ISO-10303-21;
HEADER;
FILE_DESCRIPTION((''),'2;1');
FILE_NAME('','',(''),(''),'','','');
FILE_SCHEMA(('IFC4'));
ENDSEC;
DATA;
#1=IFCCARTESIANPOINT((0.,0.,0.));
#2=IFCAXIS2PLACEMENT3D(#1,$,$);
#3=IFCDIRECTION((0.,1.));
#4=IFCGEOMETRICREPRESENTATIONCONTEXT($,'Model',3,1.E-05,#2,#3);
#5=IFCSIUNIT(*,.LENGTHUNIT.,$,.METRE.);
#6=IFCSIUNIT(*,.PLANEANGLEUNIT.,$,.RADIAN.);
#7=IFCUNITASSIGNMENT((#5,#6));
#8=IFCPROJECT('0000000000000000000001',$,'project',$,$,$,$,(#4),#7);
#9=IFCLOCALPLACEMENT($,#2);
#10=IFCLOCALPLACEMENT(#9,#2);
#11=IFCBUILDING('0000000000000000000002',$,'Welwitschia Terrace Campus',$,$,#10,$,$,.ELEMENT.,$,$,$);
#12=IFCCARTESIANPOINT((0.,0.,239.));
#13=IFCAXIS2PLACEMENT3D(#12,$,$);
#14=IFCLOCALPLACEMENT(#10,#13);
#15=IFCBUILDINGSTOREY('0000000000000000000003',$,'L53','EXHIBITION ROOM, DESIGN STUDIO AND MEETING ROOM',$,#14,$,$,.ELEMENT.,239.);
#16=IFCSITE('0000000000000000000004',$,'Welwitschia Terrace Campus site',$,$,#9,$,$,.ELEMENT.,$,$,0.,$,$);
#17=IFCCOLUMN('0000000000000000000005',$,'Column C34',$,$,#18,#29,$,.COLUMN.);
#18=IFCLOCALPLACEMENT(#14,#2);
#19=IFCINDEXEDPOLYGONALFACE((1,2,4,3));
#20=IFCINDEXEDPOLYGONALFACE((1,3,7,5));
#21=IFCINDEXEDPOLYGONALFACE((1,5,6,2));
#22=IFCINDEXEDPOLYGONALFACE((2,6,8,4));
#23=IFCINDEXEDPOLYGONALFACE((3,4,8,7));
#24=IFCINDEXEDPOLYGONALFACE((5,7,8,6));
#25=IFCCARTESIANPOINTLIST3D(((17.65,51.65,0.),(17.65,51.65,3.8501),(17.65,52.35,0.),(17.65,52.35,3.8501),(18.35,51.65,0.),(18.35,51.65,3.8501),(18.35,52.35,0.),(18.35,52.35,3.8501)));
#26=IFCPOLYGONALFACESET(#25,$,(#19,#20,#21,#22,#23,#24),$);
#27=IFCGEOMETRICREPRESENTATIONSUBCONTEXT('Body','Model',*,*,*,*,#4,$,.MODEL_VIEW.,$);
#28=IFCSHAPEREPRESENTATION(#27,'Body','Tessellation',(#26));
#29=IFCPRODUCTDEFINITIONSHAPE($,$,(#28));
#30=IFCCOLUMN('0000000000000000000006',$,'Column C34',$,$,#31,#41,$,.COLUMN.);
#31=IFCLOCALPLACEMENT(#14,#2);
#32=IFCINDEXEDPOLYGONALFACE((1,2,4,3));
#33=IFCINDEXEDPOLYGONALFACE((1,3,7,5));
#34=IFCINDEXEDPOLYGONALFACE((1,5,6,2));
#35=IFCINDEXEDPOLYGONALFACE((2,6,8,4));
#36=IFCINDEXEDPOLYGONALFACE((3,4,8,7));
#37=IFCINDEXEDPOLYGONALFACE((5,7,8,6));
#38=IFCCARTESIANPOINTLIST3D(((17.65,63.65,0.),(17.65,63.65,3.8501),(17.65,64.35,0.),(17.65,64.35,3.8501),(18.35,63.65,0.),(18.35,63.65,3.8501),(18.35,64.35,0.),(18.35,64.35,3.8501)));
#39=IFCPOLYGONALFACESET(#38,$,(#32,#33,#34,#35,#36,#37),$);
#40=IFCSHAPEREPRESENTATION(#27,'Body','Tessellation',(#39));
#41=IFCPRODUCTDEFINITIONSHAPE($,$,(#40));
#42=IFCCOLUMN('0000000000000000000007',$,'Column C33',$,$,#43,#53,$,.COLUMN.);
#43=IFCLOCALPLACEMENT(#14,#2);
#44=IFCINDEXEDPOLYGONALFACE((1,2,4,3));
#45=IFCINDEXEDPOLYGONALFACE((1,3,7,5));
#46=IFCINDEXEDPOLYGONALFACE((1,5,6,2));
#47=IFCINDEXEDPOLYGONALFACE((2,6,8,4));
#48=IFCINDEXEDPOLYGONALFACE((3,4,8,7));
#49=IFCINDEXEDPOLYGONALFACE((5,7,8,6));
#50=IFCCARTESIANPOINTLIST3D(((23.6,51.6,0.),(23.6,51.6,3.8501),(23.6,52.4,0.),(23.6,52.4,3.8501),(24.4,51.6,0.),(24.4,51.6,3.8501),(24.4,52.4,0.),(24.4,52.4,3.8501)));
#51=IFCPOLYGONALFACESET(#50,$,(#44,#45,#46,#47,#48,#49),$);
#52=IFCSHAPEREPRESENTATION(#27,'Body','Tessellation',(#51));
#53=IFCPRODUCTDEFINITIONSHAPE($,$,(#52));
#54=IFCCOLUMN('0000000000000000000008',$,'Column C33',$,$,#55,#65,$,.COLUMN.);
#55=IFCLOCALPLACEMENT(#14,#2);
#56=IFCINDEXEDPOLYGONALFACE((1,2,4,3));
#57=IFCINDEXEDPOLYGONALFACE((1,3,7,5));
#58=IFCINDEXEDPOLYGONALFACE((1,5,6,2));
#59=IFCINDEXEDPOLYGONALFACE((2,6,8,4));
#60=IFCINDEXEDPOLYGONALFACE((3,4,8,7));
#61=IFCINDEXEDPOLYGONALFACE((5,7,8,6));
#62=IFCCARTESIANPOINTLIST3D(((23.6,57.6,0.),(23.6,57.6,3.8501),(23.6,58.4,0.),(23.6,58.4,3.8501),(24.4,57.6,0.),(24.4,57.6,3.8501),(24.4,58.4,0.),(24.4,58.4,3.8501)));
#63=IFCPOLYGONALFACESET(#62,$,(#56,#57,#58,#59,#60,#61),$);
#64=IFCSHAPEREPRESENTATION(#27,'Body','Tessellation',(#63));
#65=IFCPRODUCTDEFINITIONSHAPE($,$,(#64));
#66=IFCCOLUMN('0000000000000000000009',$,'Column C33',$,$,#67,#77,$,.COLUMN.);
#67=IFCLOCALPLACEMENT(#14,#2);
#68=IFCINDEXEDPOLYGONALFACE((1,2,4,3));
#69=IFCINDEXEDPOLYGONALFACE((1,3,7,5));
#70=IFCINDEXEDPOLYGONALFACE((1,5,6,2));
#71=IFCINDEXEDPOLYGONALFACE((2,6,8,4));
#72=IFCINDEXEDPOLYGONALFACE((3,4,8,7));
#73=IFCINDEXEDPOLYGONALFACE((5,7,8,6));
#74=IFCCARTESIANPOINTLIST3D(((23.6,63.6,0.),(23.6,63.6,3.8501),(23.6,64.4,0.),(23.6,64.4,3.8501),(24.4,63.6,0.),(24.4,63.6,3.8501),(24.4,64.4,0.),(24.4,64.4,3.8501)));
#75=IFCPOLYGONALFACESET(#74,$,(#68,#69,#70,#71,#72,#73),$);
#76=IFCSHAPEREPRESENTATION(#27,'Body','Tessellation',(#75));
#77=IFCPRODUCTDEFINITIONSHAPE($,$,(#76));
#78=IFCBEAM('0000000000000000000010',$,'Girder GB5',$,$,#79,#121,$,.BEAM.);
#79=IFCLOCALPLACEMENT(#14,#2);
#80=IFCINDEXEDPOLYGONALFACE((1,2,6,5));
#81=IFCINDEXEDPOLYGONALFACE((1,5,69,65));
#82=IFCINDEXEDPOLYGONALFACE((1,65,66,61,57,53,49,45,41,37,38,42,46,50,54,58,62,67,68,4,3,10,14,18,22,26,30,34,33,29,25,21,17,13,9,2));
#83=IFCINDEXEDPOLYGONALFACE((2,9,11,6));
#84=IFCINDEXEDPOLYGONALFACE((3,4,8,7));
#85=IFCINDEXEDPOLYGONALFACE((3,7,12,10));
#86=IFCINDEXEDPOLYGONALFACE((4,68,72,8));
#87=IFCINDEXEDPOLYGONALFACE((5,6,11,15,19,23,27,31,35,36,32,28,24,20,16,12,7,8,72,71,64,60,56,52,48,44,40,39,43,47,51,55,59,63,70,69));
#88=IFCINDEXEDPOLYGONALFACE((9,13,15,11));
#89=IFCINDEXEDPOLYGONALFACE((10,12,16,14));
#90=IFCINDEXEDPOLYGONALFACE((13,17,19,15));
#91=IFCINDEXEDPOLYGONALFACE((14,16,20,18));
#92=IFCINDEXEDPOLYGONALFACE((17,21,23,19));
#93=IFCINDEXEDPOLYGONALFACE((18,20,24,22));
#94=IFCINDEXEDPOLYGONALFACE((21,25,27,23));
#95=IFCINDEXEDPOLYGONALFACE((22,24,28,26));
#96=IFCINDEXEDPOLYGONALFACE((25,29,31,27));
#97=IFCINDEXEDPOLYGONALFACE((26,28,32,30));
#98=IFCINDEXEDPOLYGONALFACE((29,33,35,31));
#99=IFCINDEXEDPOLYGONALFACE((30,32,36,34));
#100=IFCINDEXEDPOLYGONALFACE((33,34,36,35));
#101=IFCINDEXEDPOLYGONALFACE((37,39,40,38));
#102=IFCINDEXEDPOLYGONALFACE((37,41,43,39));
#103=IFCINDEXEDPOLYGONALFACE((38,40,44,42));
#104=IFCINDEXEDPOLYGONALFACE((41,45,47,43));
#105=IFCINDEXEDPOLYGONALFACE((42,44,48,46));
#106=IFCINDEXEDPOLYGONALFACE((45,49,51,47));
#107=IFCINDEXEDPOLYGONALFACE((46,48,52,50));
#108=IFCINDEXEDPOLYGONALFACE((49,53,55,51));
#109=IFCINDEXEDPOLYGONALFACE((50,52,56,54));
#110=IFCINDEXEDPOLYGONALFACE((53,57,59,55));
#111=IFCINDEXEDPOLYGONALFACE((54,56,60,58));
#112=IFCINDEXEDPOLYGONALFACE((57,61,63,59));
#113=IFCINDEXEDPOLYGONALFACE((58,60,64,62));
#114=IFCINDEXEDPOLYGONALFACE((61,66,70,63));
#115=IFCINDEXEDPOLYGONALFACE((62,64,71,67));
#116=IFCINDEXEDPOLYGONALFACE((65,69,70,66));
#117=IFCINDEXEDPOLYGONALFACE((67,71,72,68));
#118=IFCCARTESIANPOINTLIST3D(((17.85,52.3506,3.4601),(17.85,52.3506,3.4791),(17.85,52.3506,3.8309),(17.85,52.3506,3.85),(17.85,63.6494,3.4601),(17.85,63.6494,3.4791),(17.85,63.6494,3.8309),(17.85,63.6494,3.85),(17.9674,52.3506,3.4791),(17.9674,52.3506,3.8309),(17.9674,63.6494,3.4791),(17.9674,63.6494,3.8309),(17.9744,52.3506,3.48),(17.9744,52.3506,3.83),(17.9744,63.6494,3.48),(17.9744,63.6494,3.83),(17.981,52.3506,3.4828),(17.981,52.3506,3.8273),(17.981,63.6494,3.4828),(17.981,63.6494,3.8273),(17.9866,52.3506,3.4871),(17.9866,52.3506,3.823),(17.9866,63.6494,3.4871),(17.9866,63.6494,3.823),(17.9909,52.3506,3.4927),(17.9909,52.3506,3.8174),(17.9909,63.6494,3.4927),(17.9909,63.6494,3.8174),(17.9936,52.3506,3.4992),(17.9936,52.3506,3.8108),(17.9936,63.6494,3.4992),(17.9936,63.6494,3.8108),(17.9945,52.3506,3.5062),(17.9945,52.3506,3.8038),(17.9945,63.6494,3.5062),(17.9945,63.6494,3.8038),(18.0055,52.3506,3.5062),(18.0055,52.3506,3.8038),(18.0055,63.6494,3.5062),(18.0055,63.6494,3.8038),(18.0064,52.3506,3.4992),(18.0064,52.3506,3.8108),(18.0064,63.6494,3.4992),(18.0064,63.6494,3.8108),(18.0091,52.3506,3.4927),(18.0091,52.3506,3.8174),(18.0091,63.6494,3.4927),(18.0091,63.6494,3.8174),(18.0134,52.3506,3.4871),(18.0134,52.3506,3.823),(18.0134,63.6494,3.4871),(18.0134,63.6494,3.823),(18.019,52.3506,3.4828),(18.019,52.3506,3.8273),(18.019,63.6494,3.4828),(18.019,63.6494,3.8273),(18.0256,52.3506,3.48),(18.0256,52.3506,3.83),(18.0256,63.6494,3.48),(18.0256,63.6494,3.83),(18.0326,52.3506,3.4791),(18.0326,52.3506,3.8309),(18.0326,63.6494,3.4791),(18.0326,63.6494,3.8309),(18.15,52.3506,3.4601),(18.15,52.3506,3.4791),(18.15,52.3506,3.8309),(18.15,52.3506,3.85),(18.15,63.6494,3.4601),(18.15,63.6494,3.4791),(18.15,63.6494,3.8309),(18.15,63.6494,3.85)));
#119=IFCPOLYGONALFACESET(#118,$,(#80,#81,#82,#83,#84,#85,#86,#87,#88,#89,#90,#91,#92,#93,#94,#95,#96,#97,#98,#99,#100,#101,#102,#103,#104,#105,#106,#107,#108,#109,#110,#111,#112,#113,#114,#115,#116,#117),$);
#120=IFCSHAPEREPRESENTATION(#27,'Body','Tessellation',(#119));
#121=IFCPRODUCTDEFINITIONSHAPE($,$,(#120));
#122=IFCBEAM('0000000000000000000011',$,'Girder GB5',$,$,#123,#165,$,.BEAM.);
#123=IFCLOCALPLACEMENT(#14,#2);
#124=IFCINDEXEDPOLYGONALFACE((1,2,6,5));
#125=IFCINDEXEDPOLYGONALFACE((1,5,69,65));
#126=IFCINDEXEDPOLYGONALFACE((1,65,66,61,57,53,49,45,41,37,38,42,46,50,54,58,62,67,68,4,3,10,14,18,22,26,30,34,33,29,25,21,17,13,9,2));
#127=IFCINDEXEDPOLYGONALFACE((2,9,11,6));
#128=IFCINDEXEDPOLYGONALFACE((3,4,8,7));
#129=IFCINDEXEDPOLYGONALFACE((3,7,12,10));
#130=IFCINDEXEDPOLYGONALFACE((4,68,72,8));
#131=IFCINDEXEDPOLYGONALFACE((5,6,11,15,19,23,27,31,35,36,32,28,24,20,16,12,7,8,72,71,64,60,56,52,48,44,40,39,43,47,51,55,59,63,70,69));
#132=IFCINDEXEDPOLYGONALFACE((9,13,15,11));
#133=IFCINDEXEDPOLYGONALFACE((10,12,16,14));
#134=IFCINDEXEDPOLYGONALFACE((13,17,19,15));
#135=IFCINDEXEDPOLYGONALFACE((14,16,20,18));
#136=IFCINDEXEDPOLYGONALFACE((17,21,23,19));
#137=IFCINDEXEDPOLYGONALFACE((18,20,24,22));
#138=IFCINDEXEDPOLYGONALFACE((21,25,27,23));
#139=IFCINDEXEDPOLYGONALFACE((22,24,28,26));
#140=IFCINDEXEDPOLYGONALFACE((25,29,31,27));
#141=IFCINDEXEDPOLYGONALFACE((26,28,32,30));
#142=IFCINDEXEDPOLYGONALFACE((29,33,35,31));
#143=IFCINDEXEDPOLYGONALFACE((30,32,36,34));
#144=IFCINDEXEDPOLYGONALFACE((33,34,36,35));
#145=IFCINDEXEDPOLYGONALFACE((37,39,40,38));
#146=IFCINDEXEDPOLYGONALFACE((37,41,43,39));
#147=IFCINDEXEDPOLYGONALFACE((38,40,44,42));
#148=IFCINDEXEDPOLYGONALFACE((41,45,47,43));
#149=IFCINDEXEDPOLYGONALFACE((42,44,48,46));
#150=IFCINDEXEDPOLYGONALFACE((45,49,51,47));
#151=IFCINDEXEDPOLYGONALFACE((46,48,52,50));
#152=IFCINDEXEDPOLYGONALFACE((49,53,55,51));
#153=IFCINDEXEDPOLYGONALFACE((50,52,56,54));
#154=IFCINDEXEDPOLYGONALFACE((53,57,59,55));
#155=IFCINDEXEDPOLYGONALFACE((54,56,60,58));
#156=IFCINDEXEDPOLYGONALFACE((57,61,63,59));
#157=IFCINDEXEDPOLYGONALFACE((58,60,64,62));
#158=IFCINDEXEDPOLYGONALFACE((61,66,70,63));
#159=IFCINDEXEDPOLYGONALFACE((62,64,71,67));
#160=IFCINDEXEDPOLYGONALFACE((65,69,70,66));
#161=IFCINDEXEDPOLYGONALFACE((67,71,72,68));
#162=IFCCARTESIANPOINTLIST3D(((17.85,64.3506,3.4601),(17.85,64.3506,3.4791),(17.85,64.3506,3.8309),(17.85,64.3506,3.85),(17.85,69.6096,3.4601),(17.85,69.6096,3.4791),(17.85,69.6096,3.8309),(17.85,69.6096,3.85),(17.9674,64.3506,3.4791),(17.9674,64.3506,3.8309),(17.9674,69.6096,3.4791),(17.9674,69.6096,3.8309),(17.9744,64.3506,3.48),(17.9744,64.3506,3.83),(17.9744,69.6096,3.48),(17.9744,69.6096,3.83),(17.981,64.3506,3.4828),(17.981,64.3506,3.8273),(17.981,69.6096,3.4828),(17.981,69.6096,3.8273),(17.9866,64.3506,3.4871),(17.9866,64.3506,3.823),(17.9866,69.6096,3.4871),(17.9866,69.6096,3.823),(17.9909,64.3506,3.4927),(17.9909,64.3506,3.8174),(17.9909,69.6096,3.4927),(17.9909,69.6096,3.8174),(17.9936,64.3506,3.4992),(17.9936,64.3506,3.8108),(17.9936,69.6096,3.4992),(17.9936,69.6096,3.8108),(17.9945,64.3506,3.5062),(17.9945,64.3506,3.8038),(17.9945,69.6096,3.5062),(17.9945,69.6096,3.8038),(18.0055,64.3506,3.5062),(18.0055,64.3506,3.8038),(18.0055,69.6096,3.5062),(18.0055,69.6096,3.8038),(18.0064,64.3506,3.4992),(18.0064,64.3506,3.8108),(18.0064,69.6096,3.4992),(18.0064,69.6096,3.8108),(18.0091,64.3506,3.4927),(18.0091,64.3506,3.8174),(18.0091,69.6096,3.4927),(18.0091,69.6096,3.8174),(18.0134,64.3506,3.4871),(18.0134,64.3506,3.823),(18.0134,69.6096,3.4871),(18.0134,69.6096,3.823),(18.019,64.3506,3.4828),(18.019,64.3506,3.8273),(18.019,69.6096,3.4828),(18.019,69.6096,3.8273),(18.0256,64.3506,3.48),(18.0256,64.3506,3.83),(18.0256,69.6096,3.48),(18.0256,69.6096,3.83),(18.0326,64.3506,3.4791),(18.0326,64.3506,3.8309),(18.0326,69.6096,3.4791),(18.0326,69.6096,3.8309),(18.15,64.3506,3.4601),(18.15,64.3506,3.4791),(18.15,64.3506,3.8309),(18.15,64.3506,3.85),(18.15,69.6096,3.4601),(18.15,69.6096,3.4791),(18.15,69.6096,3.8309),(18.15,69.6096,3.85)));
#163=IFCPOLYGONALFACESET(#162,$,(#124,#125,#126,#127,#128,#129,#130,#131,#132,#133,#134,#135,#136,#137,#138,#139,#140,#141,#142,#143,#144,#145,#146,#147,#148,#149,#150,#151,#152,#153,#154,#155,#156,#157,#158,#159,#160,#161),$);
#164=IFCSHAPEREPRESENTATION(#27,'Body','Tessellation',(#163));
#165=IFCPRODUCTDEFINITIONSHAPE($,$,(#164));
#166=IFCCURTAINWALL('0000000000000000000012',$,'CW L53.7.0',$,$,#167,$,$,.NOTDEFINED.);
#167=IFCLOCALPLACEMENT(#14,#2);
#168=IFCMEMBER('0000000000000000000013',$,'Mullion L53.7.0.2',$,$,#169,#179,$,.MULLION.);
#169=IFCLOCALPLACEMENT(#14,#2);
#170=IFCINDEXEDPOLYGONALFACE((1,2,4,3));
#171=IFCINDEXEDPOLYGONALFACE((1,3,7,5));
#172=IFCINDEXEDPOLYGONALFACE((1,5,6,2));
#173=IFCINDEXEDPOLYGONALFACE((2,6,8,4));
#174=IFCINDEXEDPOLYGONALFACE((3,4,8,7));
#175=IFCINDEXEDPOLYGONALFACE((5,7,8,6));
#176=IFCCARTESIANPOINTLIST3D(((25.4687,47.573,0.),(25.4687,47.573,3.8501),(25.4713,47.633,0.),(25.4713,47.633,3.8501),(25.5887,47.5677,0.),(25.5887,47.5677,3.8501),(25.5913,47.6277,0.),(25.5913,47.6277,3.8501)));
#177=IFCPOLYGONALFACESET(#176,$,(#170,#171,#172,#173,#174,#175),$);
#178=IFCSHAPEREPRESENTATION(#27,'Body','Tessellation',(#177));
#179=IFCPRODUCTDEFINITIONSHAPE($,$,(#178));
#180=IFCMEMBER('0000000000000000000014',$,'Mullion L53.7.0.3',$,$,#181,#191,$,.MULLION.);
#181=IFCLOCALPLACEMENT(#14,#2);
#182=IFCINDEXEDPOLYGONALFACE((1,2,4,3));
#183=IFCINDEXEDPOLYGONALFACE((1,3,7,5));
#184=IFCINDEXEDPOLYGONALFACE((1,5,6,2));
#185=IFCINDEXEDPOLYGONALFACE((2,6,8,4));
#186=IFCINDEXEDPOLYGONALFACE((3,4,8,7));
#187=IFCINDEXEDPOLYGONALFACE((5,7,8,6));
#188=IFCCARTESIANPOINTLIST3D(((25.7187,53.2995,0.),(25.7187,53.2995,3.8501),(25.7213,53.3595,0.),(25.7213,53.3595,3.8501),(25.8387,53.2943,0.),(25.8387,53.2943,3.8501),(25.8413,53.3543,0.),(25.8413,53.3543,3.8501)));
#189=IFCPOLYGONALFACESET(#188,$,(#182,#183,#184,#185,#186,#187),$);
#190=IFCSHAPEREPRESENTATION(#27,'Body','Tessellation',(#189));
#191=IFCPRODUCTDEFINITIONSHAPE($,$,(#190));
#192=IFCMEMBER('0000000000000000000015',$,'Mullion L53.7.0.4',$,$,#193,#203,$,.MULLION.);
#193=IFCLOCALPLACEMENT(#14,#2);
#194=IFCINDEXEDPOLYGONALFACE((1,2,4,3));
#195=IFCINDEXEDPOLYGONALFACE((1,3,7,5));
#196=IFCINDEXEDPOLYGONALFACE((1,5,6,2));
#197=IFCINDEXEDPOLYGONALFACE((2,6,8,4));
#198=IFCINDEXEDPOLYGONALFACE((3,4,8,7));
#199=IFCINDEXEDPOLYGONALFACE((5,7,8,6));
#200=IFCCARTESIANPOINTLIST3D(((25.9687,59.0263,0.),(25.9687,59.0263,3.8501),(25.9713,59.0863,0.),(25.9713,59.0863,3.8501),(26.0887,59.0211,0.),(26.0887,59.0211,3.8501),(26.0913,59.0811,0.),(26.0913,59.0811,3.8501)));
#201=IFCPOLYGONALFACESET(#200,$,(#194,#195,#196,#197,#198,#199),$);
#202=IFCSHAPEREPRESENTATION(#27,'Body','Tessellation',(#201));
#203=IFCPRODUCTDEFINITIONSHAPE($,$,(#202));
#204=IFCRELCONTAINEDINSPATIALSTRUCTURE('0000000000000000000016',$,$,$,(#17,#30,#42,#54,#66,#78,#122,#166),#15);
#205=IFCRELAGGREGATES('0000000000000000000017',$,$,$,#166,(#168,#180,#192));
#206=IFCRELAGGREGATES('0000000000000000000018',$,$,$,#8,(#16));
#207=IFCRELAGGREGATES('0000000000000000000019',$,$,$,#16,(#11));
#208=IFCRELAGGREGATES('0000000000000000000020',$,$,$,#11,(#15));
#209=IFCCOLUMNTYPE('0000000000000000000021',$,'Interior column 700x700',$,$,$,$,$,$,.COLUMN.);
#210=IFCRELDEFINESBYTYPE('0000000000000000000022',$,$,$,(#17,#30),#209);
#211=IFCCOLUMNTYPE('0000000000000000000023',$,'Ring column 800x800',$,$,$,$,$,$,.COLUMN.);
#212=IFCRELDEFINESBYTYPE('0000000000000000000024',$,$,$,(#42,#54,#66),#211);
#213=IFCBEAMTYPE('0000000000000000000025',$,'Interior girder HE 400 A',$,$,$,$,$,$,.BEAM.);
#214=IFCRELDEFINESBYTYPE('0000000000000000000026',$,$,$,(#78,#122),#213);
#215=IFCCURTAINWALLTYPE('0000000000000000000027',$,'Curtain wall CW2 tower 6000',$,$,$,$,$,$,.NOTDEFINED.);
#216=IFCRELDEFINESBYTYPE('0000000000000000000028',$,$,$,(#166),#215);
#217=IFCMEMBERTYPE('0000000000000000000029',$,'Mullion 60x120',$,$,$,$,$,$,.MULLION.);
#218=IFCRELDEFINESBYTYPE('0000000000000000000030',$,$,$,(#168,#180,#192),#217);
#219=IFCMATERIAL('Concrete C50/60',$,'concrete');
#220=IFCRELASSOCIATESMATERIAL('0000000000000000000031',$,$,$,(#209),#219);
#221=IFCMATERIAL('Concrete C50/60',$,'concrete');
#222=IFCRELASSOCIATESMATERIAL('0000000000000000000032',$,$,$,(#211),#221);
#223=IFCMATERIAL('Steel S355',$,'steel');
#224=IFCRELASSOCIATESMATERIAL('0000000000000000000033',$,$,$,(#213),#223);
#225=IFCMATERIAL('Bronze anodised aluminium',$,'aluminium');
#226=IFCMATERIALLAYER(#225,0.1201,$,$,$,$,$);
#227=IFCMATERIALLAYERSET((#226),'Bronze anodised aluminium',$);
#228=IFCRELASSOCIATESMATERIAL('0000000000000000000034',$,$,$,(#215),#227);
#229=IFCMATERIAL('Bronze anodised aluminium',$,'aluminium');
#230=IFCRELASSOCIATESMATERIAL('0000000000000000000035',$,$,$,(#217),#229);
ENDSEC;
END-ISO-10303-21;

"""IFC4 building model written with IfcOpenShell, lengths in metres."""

from ifc_helpers import new_model, si_unit, direction, frame, origin, origin_2d, place, context, subcontext, project, spatial, rectangle, i_section, extrude, material, layer, layer_set, material_profile, profile_set, type_object, element, aggregate, save


model = new_model("IFC4")

# Units and contexts
model_context = context("Model", 3, precision=1e-05, world=origin(), true_north=direction((0.0, 1.0)))
body_context = subcontext(model_context, "Body", "Model", "MODEL_VIEW")
ifc_project = project(units=[si_unit("LENGTHUNIT", "METRE"), si_unit("PLANEANGLEUNIT", "RADIAN")], contexts=[model_context])

# Site, building, storey
site_placement = place(None, origin())
site = spatial("IfcSite", under=ifc_project, at=site_placement, Name="Welwitschia Terrace Campus site", CompositionType="ELEMENT", RefElevation=0.0)
building_placement = place(site_placement, origin())
building = spatial("IfcBuilding", under=site, at=building_placement, Name="Welwitschia Terrace Campus", CompositionType="ELEMENT")
storey_placement = place(building_placement, frame((0.0, 0.0, 239.0)))
storey = spatial("IfcBuildingStorey", under=building, at=storey_placement, Name="L53", Description="EXHIBITION ROOM, DESIGN STUDIO AND MEETING ROOM", CompositionType="ELEMENT", Elevation=239.0)

# Columns
ifc_material_1 = material(Name="Concrete C50/60", Category="concrete")
ifc_material_profile_1 = material_profile(ifc_material_1, rectangle(XDim=0.7, YDim=0.7, at=origin_2d()))
ifc_profile_set_1 = profile_set([ifc_material_profile_1], Name="Concrete C50/60")
column_type_1 = type_object("IfcColumnType", Name="Interior column 700x700", PredefinedType="COLUMN", material=ifc_profile_set_1)
for number, where, z_axis, x_axis, name in (
    (1, (18.0, 52.0, 0.0), (0.0, 0.0, 1.0), (1.0, 0.0, 0.0), "Column C34"),
    (2, (18.0, 64.0, 0.0), (0.0, 0.0, 1.0), (1.0, 0.0, 0.0), "Column C34"),
):
    element("IfcColumn", number, at=place(storey_placement, frame(where, z_axis=z_axis, x_axis=x_axis)), inside=storey, type_object=column_type_1, Name=name, PredefinedType="COLUMN", context=body_context, shape_type="SweptSolid", body=[
        extrude(rectangle(XDim=0.7, YDim=0.7, at=origin_2d()), origin(), (0.0, 0.0, 1.0), 3.8501),
    ])
ifc_material_2 = material(Name="Concrete C50/60", Category="concrete")
ifc_material_profile_2 = material_profile(ifc_material_2, rectangle(XDim=0.8, YDim=0.8, at=origin_2d()))
ifc_profile_set_2 = profile_set([ifc_material_profile_2], Name="Concrete C50/60")
column_type_2 = type_object("IfcColumnType", Name="Ring column 800x800", PredefinedType="COLUMN", material=ifc_profile_set_2)
for number, where, z_axis, x_axis, name in (
    (3, (24.0, 52.0, 0.0), (0.0, 0.0, 1.0), (1.0, 0.0, 0.0), "Column C33"),
    (4, (24.0, 58.0, 0.0), (0.0, 0.0, 1.0), (1.0, 0.0, 0.0), "Column C33"),
    (5, (24.0, 64.0, 0.0), (0.0, 0.0, 1.0), (1.0, 0.0, 0.0), "Column C33"),
):
    element("IfcColumn", number, at=place(storey_placement, frame(where, z_axis=z_axis, x_axis=x_axis)), inside=storey, type_object=column_type_2, Name=name, PredefinedType="COLUMN", context=body_context, shape_type="SweptSolid", body=[
        extrude(rectangle(XDim=0.8, YDim=0.8, at=origin_2d()), origin(), (0.0, 0.0, 1.0), 3.8501),
    ])

# Beams
ifc_material_3 = material(Name="Steel S355", Category="steel")
ifc_material_profile_3 = material_profile(ifc_material_3, i_section(OverallWidth=0.3, OverallDepth=0.3899, WebThickness=0.011, FlangeThickness=0.019, FilletRadius=0.0271, at=origin_2d()))
ifc_profile_set_3 = profile_set([ifc_material_profile_3], Name="Steel S355")
beam_type_1 = type_object("IfcBeamType", Name="Interior girder HE 400 A", PredefinedType="BEAM", material=ifc_profile_set_3)
beam_1_placement = place(storey_placement, frame((18.0, 52.3506, 3.655), z_axis=(0.0, 1.0, 0.0), x_axis=(-1.0, 0.0, 0.0)))
element("IfcBeam", 6, at=beam_1_placement, inside=storey, type_object=beam_type_1, Name="Girder GB5", PredefinedType="BEAM", context=body_context, shape_type="SweptSolid", body=[
    extrude(i_section(OverallWidth=0.3, OverallDepth=0.3899, WebThickness=0.011, FlangeThickness=0.019, FilletRadius=0.0271, at=origin_2d()), origin(), (0.0, 0.0, 1.0), 11.2988),
])
beam_2_placement = place(storey_placement, frame((18.0, 64.3506, 3.655), z_axis=(0.0, 1.0, 0.0), x_axis=(-1.0, 0.0, 0.0)))
element("IfcBeam", 7, at=beam_2_placement, inside=storey, type_object=beam_type_1, Name="Girder GB5", PredefinedType="BEAM", context=body_context, shape_type="SweptSolid", body=[
    extrude(i_section(OverallWidth=0.3, OverallDepth=0.3899, WebThickness=0.011, FlangeThickness=0.019, FilletRadius=0.0271, at=origin_2d()), origin(), (0.0, 0.0, 1.0), 5.259),
])

# Curtain wall, members
ifc_material_4 = material(Name="Bronze anodised aluminium", Category="aluminium")
ifc_layer_1 = layer(ifc_material_4, 0.1201)
ifc_layer_set_1 = layer_set([ifc_layer_1], Name="Bronze anodised aluminium")
curtain_wall_type = type_object("IfcCurtainWallType", Name="Curtain wall CW2 tower 6000", PredefinedType="NOTDEFINED", material=ifc_layer_set_1)
curtain_wall_placement = place(storey_placement, origin())
curtain_wall = element("IfcCurtainWall", 8, at=curtain_wall_placement, inside=storey, type_object=curtain_wall_type, Name="CW L53.7.0", PredefinedType="NOTDEFINED")
ifc_material_5 = material(Name="Bronze anodised aluminium", Category="aluminium")
ifc_material_profile_4 = material_profile(ifc_material_5, rectangle(XDim=0.1201, YDim=0.0601, at=origin_2d()))
ifc_profile_set_4 = profile_set([ifc_material_profile_4], Name="Bronze anodised aluminium")
member_type = type_object("IfcMemberType", Name="Mullion 60x120", PredefinedType="MULLION", material=ifc_profile_set_4)
member_1_placement = place(storey_placement, frame((25.53, 47.6003, 0.0), z_axis=(0.0, 0.0, 1.0), x_axis=(-0.999048, 0.043619, 0.0)))
member_1 = element("IfcMember", 9, at=member_1_placement, type_object=member_type, Name="Mullion L53.7.0.2", PredefinedType="MULLION", context=body_context, shape_type="SweptSolid", body=[
    extrude(rectangle(XDim=0.1201, YDim=0.0601, at=origin_2d()), origin(), (0.0, 0.0, 1.0), 3.8501),
])
member_2_placement = place(storey_placement, frame((25.78, 53.3269, 0.0), z_axis=(0.0, 0.0, 1.0), x_axis=(-0.999048, 0.043619, 0.0)))
member_2 = element("IfcMember", 10, at=member_2_placement, type_object=member_type, Name="Mullion L53.7.0.3", PredefinedType="MULLION", context=body_context, shape_type="SweptSolid", body=[
    extrude(rectangle(XDim=0.1201, YDim=0.0601, at=origin_2d()), origin(), (0.0, 0.0, 1.0), 3.8501),
])
member_3_placement = place(storey_placement, frame((26.03, 59.0537, 0.0), z_axis=(0.0, 0.0, 1.0), x_axis=(-0.999048, 0.043619, 0.0)))
member_3 = element("IfcMember", 11, at=member_3_placement, type_object=member_type, Name="Mullion L53.7.0.4", PredefinedType="MULLION", context=body_context, shape_type="SweptSolid", body=[
    extrude(rectangle(XDim=0.1201, YDim=0.0601, at=origin_2d()), origin(), (0.0, 0.0, 1.0), 3.8501),
])

aggregate(curtain_wall, [member_1, member_2, member_3])

save(model, "model.ifc")
